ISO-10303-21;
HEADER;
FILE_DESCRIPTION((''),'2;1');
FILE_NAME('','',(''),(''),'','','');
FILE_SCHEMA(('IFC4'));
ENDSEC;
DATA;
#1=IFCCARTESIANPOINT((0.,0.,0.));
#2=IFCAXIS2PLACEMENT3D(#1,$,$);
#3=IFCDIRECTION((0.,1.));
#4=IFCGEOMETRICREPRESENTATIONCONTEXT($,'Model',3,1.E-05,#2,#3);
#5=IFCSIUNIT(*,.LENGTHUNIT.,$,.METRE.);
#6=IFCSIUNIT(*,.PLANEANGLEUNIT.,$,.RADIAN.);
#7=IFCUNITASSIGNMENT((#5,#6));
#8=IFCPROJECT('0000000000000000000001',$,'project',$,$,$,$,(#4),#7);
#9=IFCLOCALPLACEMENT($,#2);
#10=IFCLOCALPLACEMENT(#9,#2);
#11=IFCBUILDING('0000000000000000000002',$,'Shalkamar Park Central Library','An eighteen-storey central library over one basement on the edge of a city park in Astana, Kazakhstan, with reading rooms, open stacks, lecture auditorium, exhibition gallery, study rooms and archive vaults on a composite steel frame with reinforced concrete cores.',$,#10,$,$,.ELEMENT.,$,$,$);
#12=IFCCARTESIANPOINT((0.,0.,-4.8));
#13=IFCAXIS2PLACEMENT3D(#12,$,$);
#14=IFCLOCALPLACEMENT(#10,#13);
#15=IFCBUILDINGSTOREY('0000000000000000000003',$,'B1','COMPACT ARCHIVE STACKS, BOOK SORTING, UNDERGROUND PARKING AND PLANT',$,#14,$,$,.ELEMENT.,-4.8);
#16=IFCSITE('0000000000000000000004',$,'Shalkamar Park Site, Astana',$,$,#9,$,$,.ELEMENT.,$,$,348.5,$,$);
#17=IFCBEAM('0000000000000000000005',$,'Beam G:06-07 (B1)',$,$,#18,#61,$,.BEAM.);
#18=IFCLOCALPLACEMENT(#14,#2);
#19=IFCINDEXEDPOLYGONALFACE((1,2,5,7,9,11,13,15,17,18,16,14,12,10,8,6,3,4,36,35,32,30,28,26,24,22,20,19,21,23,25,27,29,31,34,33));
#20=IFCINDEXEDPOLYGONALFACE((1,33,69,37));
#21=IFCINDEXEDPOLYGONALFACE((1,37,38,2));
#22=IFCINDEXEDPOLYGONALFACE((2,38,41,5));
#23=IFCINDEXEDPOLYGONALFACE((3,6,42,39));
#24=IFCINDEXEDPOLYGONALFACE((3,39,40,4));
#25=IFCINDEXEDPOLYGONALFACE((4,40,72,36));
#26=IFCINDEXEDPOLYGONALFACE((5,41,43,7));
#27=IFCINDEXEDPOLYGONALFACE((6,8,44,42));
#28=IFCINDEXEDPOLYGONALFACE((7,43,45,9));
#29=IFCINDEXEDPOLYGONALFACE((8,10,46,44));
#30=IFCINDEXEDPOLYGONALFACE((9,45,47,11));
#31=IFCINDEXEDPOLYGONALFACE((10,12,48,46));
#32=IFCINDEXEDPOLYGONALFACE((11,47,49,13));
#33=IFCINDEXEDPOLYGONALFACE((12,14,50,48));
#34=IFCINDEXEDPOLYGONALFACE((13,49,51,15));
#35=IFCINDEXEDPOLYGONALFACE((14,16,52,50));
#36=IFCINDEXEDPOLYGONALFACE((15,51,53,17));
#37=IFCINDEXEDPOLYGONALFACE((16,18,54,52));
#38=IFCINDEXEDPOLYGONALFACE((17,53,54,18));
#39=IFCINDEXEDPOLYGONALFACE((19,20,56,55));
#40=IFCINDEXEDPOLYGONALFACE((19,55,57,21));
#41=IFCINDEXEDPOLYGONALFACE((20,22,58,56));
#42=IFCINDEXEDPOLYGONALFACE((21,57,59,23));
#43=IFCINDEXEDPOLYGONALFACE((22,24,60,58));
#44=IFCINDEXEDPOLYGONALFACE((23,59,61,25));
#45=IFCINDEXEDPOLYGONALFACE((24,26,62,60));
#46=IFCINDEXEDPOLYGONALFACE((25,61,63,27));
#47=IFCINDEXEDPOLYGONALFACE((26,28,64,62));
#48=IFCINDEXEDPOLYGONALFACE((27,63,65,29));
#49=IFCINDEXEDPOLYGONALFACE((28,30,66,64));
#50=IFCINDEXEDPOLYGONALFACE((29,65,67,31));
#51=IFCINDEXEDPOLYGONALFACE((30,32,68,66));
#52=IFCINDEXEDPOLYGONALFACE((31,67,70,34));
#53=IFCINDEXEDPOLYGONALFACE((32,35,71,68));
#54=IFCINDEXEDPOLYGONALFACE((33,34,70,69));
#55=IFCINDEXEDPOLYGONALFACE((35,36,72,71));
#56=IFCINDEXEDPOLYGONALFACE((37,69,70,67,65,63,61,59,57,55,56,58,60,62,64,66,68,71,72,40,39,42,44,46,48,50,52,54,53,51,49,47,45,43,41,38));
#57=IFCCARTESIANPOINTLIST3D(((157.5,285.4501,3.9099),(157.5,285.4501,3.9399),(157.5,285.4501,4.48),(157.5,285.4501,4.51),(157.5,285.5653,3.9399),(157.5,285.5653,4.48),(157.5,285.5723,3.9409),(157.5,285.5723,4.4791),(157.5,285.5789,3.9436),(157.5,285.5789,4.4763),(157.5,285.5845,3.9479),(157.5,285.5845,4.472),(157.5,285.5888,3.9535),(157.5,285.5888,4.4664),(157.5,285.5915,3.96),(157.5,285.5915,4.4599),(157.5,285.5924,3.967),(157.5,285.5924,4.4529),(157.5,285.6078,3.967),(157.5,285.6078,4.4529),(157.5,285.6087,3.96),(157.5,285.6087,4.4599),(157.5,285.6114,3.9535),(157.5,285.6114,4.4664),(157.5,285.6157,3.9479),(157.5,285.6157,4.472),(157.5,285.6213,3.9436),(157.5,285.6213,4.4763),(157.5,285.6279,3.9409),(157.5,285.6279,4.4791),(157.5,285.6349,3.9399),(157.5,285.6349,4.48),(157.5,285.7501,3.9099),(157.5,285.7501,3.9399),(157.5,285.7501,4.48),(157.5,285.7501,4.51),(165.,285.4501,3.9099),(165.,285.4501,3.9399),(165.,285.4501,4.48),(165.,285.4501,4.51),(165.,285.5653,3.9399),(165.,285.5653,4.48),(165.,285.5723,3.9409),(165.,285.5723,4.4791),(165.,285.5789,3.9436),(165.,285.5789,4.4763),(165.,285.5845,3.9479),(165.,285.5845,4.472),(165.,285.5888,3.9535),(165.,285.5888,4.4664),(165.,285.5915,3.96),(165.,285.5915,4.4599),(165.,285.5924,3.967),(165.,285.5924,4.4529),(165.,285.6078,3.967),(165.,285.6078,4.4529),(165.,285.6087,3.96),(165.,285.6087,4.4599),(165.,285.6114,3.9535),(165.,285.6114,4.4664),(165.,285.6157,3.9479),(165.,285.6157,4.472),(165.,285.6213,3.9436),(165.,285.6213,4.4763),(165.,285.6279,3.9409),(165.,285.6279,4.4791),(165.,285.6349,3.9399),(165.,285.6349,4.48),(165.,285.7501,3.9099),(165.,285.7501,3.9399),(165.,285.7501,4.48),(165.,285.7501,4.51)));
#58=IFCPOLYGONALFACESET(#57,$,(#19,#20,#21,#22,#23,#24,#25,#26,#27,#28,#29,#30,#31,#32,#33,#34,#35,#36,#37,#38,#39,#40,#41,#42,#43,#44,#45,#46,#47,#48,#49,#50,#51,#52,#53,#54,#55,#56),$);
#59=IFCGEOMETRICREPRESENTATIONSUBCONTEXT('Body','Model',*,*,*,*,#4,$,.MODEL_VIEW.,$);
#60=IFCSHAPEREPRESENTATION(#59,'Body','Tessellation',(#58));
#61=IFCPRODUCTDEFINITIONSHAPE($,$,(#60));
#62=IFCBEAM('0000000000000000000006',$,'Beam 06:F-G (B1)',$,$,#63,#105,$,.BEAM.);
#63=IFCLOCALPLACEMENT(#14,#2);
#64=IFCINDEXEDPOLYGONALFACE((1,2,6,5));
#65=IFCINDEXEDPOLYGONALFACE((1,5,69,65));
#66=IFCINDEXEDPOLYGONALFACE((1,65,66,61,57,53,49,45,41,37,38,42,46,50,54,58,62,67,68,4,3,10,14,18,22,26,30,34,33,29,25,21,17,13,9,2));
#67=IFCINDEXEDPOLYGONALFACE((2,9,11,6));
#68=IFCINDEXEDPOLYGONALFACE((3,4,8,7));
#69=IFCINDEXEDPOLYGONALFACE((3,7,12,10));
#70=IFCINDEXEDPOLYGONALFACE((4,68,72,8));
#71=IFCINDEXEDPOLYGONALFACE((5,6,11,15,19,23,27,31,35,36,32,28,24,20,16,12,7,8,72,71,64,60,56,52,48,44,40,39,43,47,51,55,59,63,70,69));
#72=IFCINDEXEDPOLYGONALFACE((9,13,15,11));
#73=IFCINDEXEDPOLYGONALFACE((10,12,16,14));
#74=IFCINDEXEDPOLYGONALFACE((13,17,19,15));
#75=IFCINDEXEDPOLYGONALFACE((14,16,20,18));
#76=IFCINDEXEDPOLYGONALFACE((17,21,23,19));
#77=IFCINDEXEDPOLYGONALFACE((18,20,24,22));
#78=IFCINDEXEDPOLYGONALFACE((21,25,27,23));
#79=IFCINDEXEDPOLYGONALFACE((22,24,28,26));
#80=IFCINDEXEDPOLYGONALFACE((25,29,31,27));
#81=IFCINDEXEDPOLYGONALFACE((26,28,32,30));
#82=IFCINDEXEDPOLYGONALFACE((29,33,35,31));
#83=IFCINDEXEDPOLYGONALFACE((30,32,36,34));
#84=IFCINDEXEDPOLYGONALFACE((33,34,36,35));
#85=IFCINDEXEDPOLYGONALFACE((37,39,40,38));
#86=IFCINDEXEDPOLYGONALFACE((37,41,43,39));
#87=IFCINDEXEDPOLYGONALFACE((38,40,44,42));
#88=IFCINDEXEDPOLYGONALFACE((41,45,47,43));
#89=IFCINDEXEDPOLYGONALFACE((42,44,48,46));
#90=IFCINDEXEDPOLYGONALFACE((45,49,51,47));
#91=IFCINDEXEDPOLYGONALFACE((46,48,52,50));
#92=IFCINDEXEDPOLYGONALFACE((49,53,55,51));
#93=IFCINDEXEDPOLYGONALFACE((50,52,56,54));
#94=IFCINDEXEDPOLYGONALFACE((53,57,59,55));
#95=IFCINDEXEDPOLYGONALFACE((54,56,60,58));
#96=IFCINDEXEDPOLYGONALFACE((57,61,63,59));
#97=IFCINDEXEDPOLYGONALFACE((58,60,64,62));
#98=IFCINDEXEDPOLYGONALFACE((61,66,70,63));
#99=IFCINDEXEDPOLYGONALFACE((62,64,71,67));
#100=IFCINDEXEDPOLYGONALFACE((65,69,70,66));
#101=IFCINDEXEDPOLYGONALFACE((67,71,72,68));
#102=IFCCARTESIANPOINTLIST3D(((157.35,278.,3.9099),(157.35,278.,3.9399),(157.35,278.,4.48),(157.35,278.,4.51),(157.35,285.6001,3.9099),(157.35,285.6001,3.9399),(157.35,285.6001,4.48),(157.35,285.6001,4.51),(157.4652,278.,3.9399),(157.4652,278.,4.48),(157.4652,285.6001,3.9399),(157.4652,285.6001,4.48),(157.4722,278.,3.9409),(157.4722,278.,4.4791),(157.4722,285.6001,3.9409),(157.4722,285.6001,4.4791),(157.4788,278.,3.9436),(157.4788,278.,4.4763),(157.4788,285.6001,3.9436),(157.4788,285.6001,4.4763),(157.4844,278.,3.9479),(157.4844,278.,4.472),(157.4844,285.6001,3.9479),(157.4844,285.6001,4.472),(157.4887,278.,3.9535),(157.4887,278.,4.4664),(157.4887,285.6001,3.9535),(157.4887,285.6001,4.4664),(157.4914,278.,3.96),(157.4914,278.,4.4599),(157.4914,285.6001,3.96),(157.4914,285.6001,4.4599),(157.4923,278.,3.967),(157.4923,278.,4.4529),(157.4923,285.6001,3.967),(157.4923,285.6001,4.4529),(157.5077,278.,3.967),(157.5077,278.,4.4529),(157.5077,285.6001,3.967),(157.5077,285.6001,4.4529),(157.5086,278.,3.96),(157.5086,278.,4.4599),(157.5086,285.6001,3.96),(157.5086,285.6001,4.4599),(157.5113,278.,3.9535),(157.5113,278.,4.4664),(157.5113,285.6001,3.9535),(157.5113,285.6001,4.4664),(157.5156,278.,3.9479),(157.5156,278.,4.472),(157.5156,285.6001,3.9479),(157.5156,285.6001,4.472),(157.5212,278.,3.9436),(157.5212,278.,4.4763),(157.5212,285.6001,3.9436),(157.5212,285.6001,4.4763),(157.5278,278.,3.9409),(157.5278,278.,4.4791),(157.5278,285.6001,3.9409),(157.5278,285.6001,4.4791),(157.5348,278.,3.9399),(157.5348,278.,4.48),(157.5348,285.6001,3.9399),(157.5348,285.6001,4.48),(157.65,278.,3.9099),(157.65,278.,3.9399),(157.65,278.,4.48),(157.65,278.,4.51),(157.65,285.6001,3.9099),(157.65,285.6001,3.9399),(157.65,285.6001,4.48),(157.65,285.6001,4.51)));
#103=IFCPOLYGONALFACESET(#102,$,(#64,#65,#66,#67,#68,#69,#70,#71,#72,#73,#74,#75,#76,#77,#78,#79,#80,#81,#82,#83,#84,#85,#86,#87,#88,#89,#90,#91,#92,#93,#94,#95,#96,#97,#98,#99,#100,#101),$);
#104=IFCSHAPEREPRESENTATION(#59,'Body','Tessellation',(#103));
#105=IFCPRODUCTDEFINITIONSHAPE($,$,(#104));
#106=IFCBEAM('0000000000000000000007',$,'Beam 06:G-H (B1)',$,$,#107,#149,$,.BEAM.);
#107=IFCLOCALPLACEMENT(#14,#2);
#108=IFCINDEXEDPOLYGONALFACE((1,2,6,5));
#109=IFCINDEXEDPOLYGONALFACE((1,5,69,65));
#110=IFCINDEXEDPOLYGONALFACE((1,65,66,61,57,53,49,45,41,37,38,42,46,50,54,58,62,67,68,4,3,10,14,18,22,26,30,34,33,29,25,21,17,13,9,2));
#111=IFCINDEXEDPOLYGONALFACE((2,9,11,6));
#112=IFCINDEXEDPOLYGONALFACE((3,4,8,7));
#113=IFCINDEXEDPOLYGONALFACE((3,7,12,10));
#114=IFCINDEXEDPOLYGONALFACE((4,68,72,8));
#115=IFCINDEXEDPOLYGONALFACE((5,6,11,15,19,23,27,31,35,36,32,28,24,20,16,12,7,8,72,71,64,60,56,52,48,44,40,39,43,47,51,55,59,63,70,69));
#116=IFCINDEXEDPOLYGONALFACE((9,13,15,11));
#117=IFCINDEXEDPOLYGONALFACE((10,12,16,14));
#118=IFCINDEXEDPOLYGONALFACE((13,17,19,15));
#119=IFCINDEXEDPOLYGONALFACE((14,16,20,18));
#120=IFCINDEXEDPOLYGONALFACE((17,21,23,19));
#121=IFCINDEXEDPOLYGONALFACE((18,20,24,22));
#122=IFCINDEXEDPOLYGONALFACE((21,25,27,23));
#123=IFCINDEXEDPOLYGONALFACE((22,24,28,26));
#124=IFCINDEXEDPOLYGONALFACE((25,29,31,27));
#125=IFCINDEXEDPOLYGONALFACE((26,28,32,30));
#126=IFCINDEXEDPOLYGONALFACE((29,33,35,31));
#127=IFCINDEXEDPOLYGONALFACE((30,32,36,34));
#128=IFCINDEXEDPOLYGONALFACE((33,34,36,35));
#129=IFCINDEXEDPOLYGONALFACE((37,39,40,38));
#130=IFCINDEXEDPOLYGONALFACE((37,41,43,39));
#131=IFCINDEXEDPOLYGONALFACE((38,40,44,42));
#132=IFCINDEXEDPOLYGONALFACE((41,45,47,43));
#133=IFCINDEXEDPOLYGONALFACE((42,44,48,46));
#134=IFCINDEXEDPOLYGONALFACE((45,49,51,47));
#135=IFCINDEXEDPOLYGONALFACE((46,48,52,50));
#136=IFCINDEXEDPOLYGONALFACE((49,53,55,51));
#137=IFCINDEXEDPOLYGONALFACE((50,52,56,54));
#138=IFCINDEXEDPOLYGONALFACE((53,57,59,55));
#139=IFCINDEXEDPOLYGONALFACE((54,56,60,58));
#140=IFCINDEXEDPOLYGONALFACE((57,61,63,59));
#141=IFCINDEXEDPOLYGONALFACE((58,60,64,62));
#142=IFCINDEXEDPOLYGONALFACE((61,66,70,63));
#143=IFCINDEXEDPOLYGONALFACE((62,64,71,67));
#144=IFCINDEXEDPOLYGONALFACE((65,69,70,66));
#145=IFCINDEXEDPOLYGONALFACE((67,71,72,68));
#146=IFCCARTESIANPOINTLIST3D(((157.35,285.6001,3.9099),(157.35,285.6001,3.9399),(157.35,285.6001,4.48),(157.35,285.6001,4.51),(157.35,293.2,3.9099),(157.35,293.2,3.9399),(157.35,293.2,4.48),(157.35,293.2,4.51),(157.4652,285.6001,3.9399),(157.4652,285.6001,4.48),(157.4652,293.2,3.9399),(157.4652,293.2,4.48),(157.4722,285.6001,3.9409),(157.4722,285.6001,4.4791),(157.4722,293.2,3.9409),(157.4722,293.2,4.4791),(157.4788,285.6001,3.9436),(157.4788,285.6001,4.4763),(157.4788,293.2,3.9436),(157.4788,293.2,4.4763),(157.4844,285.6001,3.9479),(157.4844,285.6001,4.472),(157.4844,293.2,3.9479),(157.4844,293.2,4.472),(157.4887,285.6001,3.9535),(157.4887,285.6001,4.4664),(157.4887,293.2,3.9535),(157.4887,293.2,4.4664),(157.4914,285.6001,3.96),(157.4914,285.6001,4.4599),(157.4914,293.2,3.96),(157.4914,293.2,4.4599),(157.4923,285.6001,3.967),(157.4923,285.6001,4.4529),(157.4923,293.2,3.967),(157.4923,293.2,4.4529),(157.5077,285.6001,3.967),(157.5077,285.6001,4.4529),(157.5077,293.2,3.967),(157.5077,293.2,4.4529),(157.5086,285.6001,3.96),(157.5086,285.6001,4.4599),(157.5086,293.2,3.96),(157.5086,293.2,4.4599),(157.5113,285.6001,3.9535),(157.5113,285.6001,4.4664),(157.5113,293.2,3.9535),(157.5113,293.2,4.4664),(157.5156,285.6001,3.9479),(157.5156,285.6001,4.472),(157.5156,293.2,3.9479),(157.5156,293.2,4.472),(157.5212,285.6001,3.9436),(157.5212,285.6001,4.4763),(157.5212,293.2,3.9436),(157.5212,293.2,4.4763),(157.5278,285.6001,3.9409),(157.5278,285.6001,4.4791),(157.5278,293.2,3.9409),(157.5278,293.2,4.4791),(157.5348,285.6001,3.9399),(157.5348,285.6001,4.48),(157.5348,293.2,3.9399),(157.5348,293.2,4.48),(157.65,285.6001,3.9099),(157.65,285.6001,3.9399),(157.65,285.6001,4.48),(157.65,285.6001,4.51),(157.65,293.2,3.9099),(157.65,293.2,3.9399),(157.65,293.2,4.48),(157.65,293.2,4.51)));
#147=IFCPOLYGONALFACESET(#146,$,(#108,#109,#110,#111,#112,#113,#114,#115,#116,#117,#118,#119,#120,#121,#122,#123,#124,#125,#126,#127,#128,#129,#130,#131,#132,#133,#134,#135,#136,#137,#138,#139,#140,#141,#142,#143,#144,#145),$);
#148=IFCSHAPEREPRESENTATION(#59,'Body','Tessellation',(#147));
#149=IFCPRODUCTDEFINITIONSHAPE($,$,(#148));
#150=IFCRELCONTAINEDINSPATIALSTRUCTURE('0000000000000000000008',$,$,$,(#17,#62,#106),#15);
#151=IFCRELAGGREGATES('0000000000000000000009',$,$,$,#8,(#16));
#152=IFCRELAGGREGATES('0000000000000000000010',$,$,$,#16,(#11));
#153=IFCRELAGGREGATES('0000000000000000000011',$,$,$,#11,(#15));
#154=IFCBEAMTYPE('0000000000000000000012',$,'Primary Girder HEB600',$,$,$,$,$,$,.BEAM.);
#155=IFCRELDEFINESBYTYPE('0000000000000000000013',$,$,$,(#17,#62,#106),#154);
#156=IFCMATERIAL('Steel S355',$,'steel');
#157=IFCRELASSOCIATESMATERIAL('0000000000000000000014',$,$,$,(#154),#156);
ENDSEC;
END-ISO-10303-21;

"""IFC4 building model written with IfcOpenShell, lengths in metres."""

from ifc_helpers import new_model, si_unit, direction, frame, origin, origin_2d, place, context, subcontext, project, spatial, i_section, extrude, material, material_profile, profile_set, type_object, element, save


model = new_model("IFC4")

# Units and contexts
model_context = context("Model", 3, precision=1e-05, world=origin(), true_north=direction((0.0, 1.0)))
body_context = subcontext(model_context, "Body", "Model", "MODEL_VIEW")
ifc_project = project(units=[si_unit("LENGTHUNIT", "METRE"), si_unit("PLANEANGLEUNIT", "RADIAN")], contexts=[model_context])

# Site, building, storey
site_placement = place(None, origin())
site = spatial("IfcSite", under=ifc_project, at=site_placement, Name="Shalkamar Park Site, Astana", CompositionType="ELEMENT", RefElevation=348.5)
building_placement = place(site_placement, origin())
building = spatial("IfcBuilding", under=site, at=building_placement, Name="Shalkamar Park Central Library", Description="An eighteen-storey central library over one basement on the edge of a city park in Astana, Kazakhstan, with reading rooms, open stacks, lecture auditorium, exhibition gallery, study rooms and archive vaults on a composite steel frame with reinforced concrete cores.", CompositionType="ELEMENT")
storey_placement = place(building_placement, frame((0.0, 0.0, -4.8)))
storey = spatial("IfcBuildingStorey", under=building, at=storey_placement, Name="B1", Description="COMPACT ARCHIVE STACKS, BOOK SORTING, UNDERGROUND PARKING AND PLANT", CompositionType="ELEMENT", Elevation=-4.8)

# Shared definitions
ifc_material_1 = material(Name="Steel S355", Category="steel")

# Beams
ifc_material_profile_1 = material_profile(ifc_material_1, i_section(OverallWidth=0.3, OverallDepth=0.6001, WebThickness=0.0154, FlangeThickness=0.03, FilletRadius=0.0271, at=origin_2d()), Name="HEB 600")
ifc_profile_set_1 = profile_set([ifc_material_profile_1], Name="Steel S355")
beam_type = type_object("IfcBeamType", Name="Primary Girder HEB600", PredefinedType="BEAM", material=ifc_profile_set_1)
for number, where, z_axis, x_axis, name in (
    (1, (157.5, 285.6001, 4.21), (1.0, 0.0, 0.0), (0.0, 1.0, 0.0), "Beam G:06-07 (B1)"),
):
    element("IfcBeam", number, at=place(storey_placement, frame(where, z_axis=z_axis, x_axis=x_axis)), inside=storey, type_object=beam_type, Name=name, PredefinedType="BEAM", context=body_context, shape_type="SweptSolid", body=[
        extrude(i_section(OverallWidth=0.3, OverallDepth=0.6001, WebThickness=0.0154, FlangeThickness=0.03, FilletRadius=0.0271, at=origin_2d()), origin(), (0.0, 0.0, 1.0), 7.5),
    ])
beam_1_placement = place(storey_placement, frame((157.5, 278.0, 4.21), z_axis=(0.0, 1.0, 0.0), x_axis=(-1.0, 0.0, 0.0)))
element("IfcBeam", 2, at=beam_1_placement, inside=storey, type_object=beam_type, Name="Beam 06:F-G (B1)", PredefinedType="BEAM", context=body_context, shape_type="SweptSolid", body=[
    extrude(i_section(OverallWidth=0.3, OverallDepth=0.6001, WebThickness=0.0154, FlangeThickness=0.03, FilletRadius=0.0271, at=origin_2d()), origin(), (0.0, 0.0, 1.0), 7.6001),
])
beam_2_placement = place(storey_placement, frame((157.5, 285.6001, 4.21), z_axis=(0.0, 1.0, 0.0), x_axis=(-1.0, 0.0, 0.0)))
element("IfcBeam", 3, at=beam_2_placement, inside=storey, type_object=beam_type, Name="Beam 06:G-H (B1)", PredefinedType="BEAM", context=body_context, shape_type="SweptSolid", body=[
    extrude(i_section(OverallWidth=0.3, OverallDepth=0.6001, WebThickness=0.0154, FlangeThickness=0.03, FilletRadius=0.0271, at=origin_2d()), origin(), (0.0, 0.0, 1.0), 7.5999),
])

save(model, "model.ifc")
